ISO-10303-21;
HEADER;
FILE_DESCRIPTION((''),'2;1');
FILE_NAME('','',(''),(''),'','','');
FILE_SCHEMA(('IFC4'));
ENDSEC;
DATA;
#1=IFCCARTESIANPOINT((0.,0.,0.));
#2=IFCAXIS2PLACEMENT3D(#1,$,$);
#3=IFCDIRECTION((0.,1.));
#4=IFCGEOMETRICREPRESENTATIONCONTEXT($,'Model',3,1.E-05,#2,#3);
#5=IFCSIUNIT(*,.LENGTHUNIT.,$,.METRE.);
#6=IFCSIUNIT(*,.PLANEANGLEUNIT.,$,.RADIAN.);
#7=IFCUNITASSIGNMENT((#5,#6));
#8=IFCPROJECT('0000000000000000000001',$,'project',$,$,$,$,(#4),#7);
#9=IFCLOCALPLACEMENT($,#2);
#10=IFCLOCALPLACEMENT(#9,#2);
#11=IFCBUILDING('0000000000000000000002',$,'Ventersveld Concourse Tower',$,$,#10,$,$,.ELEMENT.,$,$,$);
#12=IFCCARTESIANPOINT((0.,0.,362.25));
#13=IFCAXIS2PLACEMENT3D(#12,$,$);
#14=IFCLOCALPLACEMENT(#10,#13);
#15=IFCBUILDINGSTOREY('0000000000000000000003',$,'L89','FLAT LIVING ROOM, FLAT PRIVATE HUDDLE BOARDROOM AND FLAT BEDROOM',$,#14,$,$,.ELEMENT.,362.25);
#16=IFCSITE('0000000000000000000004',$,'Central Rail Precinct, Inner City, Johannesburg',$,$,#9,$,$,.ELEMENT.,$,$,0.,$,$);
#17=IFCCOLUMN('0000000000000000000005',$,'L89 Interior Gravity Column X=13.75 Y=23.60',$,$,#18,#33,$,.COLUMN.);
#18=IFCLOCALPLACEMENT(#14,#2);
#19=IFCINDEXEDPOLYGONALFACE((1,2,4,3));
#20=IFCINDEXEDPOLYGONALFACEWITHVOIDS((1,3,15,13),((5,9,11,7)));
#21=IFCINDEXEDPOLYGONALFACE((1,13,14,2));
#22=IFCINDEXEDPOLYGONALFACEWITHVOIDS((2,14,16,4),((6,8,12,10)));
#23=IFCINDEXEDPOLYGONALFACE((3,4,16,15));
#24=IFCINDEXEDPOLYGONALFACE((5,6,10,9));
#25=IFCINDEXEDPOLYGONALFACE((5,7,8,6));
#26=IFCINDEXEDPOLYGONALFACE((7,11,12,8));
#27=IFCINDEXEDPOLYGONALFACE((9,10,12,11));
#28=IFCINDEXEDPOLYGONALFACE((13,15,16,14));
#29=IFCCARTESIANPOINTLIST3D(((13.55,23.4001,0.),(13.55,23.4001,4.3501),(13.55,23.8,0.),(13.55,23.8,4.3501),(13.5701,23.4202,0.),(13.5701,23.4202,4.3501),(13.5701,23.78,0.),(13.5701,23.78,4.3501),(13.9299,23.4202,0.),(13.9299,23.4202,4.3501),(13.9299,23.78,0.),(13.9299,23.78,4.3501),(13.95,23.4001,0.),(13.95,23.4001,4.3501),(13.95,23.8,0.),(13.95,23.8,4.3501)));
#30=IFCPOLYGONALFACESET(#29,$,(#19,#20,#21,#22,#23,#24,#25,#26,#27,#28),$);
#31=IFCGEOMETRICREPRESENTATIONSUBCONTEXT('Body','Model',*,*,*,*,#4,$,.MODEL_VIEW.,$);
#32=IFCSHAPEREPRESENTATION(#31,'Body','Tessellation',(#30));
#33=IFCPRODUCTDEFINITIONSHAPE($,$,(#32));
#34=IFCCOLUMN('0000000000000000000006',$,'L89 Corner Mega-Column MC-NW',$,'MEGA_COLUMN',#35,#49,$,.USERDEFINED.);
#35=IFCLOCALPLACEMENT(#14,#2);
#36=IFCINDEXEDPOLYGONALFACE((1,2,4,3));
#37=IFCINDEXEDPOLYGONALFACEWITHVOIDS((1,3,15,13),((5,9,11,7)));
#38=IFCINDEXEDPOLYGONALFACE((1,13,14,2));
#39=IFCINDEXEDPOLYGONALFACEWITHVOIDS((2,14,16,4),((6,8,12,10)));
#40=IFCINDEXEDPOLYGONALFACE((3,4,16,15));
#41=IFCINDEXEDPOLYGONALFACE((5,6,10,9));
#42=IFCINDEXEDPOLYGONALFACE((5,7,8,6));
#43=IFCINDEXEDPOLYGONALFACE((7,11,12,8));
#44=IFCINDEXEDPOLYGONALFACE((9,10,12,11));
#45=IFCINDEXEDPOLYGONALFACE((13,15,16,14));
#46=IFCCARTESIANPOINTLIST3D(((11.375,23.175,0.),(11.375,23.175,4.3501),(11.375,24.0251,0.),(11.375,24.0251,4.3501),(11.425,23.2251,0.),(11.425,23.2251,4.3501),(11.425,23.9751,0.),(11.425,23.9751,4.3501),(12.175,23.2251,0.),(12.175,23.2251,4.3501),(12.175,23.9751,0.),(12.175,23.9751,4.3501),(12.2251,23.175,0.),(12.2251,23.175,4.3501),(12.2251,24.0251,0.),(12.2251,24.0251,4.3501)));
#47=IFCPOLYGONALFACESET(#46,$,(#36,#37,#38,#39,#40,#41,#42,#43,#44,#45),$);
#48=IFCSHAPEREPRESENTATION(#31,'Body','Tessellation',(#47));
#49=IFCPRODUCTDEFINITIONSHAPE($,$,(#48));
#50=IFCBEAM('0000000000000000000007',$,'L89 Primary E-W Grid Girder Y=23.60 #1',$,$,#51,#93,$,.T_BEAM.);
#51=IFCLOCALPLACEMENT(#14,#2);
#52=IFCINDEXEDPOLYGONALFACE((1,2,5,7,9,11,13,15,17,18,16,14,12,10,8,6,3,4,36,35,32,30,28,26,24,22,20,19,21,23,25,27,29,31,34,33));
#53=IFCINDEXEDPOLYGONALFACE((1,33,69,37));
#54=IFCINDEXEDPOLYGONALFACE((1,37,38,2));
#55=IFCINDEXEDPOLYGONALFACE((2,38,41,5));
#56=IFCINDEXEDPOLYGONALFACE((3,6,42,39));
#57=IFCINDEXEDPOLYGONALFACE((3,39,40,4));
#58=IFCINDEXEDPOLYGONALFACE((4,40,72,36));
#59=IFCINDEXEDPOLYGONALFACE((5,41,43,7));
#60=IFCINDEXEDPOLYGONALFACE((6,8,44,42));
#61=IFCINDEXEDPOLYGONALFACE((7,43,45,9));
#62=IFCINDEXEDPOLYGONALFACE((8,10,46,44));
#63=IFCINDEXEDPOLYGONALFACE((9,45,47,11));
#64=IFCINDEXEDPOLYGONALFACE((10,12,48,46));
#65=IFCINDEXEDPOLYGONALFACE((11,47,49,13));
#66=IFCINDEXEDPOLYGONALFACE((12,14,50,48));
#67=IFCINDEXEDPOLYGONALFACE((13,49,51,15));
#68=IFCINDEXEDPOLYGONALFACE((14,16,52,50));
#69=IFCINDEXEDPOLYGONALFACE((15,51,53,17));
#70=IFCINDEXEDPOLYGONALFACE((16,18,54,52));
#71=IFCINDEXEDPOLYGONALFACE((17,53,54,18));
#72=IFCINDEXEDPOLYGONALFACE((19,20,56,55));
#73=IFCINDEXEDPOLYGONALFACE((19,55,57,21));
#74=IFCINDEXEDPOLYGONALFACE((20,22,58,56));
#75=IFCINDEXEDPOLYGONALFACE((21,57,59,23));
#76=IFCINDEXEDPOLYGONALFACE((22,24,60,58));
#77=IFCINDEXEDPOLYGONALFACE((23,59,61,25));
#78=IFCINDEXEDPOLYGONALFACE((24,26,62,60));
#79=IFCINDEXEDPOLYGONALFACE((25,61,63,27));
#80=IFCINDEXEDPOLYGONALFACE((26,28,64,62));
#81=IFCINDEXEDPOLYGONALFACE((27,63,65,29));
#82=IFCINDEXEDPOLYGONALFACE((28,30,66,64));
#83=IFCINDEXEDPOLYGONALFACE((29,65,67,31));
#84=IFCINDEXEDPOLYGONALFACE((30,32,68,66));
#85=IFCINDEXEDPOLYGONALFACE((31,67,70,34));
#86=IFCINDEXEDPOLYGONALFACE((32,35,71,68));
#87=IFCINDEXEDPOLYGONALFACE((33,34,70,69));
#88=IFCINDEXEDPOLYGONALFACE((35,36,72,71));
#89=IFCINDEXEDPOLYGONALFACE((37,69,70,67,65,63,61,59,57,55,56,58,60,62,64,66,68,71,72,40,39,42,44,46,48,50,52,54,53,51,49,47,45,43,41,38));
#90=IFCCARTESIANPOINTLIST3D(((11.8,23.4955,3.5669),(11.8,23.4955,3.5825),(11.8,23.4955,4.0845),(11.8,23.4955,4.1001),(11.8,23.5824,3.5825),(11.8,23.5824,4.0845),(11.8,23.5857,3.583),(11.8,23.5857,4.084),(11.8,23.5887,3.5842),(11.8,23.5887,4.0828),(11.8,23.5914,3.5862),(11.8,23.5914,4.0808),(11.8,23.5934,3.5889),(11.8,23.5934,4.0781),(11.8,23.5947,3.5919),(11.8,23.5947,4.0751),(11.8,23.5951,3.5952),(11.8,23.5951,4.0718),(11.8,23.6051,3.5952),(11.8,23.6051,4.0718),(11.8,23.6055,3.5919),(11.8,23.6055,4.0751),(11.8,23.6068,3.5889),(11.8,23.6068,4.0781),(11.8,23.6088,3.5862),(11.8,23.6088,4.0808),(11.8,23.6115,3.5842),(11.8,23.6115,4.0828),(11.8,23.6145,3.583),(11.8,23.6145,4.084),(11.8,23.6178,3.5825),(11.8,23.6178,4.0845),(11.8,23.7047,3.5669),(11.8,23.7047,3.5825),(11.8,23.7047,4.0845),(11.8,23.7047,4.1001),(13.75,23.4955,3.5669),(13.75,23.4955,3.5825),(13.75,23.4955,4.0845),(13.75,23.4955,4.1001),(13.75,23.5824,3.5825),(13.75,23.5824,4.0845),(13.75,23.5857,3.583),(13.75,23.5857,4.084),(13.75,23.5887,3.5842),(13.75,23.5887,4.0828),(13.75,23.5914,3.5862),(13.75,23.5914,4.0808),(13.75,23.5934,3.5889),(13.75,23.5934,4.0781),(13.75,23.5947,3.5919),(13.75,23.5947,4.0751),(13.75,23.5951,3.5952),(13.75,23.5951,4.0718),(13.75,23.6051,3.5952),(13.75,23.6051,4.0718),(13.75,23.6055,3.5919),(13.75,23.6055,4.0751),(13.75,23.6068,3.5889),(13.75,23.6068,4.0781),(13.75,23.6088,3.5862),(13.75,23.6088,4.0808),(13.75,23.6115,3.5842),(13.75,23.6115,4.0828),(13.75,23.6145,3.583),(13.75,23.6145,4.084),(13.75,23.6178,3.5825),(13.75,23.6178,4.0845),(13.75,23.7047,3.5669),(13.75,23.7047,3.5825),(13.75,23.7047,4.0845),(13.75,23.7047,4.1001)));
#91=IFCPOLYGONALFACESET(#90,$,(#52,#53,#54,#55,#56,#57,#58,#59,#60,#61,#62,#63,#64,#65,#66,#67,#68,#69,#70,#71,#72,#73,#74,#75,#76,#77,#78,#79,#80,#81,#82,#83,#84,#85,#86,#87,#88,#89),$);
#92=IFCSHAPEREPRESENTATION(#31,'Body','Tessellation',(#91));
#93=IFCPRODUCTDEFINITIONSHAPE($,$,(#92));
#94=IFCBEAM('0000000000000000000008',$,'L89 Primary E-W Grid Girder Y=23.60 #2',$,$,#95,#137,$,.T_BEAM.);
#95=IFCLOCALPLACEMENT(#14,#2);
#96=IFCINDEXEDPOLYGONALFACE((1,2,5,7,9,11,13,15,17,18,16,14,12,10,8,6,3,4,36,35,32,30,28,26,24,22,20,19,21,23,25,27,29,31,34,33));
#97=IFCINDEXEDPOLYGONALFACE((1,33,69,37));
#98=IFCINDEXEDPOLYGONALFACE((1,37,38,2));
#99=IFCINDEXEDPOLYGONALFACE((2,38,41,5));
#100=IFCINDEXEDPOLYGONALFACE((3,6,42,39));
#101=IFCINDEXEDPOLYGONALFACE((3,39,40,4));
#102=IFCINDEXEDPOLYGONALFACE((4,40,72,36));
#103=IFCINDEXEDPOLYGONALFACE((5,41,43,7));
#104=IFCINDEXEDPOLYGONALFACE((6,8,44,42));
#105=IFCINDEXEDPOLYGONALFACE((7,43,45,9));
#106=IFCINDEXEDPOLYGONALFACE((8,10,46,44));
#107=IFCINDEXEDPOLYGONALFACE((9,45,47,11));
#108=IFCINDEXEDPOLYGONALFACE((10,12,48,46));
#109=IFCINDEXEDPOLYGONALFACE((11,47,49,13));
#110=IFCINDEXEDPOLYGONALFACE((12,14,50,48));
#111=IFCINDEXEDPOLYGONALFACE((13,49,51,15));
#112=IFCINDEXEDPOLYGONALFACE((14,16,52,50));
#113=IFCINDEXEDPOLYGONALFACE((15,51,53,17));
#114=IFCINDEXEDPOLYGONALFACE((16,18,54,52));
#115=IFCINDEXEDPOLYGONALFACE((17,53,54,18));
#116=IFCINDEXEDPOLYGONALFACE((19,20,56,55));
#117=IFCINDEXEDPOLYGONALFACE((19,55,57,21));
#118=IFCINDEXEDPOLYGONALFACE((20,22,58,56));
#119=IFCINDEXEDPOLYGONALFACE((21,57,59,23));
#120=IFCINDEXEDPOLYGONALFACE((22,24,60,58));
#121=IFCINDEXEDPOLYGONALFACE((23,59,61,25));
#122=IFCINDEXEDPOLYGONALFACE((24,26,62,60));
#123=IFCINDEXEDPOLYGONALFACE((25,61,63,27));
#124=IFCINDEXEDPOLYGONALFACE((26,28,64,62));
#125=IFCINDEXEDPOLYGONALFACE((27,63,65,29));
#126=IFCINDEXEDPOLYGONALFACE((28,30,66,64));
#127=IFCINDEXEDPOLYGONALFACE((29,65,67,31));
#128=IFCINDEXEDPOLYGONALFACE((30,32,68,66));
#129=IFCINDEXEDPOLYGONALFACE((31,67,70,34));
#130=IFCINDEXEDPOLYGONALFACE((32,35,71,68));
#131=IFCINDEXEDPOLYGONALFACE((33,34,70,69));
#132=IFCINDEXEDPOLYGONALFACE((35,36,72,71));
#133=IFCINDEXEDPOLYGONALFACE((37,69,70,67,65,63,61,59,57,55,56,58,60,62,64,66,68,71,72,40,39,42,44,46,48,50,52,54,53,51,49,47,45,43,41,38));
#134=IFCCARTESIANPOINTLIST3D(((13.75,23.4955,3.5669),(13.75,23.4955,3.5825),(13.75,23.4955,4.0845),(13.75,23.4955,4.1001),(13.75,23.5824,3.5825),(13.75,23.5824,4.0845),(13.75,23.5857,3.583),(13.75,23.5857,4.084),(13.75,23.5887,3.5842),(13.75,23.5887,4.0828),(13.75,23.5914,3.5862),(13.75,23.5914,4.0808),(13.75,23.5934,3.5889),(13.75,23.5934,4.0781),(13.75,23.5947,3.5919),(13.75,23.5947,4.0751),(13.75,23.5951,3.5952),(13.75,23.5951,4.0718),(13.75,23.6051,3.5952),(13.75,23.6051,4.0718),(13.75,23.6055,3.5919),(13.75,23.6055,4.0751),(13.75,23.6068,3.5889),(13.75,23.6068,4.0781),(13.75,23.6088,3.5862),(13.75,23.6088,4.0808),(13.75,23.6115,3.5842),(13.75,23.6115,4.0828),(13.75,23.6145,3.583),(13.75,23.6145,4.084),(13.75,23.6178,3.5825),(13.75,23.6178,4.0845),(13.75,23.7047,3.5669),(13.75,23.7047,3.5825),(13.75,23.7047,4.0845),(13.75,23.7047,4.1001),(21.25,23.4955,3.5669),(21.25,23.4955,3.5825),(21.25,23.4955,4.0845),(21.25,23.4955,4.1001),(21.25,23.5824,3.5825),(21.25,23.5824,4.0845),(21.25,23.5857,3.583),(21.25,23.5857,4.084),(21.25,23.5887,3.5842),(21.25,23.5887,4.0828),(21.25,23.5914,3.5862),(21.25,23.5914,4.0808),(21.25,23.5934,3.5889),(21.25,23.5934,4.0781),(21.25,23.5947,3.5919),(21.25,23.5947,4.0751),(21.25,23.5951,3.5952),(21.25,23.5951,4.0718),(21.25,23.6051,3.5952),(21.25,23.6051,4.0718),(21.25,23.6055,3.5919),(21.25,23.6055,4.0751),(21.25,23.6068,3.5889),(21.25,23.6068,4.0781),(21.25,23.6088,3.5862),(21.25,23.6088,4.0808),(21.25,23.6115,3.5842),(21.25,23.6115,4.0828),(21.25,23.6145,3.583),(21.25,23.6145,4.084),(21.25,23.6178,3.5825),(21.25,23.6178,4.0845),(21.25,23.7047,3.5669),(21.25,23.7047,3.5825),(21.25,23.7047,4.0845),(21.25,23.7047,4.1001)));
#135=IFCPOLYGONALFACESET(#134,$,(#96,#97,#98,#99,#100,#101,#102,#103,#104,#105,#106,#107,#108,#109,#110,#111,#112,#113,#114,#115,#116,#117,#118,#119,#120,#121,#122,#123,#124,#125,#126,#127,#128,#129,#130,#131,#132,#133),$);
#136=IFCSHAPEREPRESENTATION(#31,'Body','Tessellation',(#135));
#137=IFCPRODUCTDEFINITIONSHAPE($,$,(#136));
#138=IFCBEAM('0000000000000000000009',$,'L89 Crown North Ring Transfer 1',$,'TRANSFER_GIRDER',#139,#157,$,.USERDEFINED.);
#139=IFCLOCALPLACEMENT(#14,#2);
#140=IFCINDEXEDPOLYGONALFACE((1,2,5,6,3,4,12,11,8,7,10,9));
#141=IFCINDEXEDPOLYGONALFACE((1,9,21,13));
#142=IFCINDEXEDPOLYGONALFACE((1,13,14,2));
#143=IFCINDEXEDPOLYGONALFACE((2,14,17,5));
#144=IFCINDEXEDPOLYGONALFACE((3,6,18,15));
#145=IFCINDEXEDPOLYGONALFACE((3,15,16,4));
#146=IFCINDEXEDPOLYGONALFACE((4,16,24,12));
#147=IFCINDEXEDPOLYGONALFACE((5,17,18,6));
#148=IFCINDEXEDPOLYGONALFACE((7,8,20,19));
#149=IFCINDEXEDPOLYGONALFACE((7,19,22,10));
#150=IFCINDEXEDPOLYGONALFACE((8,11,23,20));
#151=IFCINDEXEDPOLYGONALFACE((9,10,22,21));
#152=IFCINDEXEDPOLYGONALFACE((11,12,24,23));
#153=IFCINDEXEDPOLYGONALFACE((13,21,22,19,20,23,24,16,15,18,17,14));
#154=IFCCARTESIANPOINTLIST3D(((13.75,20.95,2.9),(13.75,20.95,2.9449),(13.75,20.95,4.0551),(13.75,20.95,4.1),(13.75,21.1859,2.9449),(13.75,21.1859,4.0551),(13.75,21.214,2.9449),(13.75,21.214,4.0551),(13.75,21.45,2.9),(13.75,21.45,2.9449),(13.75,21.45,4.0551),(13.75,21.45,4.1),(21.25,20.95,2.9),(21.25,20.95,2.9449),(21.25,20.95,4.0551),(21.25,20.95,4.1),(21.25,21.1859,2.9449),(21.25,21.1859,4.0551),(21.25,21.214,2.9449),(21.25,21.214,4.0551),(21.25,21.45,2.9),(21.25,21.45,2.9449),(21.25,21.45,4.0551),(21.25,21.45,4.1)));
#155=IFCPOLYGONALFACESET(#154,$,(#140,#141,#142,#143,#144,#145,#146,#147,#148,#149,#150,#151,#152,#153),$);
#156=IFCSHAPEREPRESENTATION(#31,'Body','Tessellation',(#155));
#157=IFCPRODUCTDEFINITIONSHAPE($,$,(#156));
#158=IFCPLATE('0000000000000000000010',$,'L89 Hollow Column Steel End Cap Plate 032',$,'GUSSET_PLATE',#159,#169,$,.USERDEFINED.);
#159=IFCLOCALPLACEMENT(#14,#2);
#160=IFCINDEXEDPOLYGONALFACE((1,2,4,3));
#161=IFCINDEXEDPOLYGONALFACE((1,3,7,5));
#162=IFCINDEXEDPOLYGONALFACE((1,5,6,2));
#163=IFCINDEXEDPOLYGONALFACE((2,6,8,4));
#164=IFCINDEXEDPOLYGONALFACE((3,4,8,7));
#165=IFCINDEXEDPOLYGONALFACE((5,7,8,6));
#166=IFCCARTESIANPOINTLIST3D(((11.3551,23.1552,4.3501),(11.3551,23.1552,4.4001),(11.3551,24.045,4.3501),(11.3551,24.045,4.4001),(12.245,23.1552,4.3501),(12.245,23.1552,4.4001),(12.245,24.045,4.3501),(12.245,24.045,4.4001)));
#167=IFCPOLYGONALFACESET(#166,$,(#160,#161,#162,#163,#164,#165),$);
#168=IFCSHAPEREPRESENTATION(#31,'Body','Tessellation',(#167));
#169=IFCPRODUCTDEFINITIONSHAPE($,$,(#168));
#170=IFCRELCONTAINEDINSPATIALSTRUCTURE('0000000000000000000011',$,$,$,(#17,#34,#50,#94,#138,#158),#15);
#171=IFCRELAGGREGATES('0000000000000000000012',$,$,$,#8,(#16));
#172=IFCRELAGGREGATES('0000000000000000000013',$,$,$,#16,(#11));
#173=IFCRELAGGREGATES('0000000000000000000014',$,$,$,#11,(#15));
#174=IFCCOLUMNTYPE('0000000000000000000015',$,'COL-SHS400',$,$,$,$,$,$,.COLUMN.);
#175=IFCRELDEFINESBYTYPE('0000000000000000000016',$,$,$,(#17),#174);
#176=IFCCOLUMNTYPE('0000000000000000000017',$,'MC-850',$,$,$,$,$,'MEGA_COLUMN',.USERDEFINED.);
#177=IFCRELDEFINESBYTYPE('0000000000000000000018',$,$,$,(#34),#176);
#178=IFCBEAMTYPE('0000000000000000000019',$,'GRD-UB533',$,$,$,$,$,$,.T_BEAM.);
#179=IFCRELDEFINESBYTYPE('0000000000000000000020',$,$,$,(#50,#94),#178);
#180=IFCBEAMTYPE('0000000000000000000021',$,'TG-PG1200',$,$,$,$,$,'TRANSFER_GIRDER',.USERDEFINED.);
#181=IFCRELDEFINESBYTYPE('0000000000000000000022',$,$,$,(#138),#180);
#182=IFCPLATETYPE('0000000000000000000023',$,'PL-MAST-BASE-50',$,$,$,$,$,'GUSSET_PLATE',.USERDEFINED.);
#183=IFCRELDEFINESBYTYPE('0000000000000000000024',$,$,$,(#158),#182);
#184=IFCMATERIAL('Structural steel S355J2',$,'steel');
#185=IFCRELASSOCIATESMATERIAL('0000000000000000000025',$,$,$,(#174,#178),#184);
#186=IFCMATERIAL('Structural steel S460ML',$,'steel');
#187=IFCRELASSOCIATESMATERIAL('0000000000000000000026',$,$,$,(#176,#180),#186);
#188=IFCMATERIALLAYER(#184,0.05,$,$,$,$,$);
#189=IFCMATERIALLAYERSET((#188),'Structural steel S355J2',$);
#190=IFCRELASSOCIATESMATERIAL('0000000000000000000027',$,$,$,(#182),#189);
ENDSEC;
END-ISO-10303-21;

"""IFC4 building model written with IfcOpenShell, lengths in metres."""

from ifc_helpers import new_model, si_unit, direction, frame, origin, origin_2d, place, context, subcontext, project, spatial, rectangle, hollow_rectangle, i_section, extrude, material, layer, layer_set, material_profile, profile_set, type_object, element, save


model = new_model("IFC4")

# Units and contexts
model_context = context("Model", 3, precision=1e-05, world=origin(), true_north=direction((0.0, 1.0)))
body_context = subcontext(model_context, "Body", "Model", "MODEL_VIEW")
ifc_project = project(units=[si_unit("LENGTHUNIT", "METRE"), si_unit("PLANEANGLEUNIT", "RADIAN")], contexts=[model_context])

# Site, building, storey
site_placement = place(None, origin())
site = spatial("IfcSite", under=ifc_project, at=site_placement, Name="Central Rail Precinct, Inner City, Johannesburg", CompositionType="ELEMENT", RefElevation=0.0)
building_placement = place(site_placement, origin())
building = spatial("IfcBuilding", under=site, at=building_placement, Name="Ventersveld Concourse Tower", CompositionType="ELEMENT")
storey_placement = place(building_placement, frame((0.0, 0.0, 362.25)))
storey = spatial("IfcBuildingStorey", under=building, at=storey_placement, Name="L89", Description="FLAT LIVING ROOM, FLAT PRIVATE HUDDLE BOARDROOM AND FLAT BEDROOM", CompositionType="ELEMENT", Elevation=362.25)

# Columns
ifc_material_1 = material(Name="Structural steel S355J2", Category="steel")
ifc_material_profile_1 = material_profile(ifc_material_1, hollow_rectangle(XDim=0.3999, YDim=0.3999, WallThickness=0.02, at=origin_2d()), Name="SHS 400x400x20")
ifc_profile_set_1 = profile_set([ifc_material_profile_1], Name="Structural steel S355J2")
column_type_1 = type_object("IfcColumnType", Name="COL-SHS400", PredefinedType="COLUMN", material=ifc_profile_set_1)
column_1_placement = place(storey_placement, frame((13.75, 23.6001, 0.0), z_axis=(0.0, 0.0, 1.0), x_axis=(1.0, 0.0, 0.0)))
element("IfcColumn", 1, at=column_1_placement, inside=storey, type_object=column_type_1, Name="L89 Interior Gravity Column X=13.75 Y=23.60", PredefinedType="COLUMN", context=body_context, shape_type="SweptSolid", body=[
    extrude(hollow_rectangle(XDim=0.3999, YDim=0.3999, WallThickness=0.02, at=origin_2d()), origin(), (0.0, 0.0, 1.0), 4.3501),
])
ifc_material_2 = material(Name="Structural steel S460ML", Category="steel")
ifc_material_profile_2 = material_profile(ifc_material_2, hollow_rectangle(XDim=0.8501, YDim=0.8501, WallThickness=0.05, at=origin_2d()), Name="BOX 850x850x50")
ifc_profile_set_2 = profile_set([ifc_material_profile_2], Name="Structural steel S460ML")
column_type_2 = type_object("IfcColumnType", Name="MC-850", ElementType="MEGA_COLUMN", PredefinedType="USERDEFINED", material=ifc_profile_set_2)
column_2_placement = place(storey_placement, frame((11.8, 23.6001, 0.0), z_axis=(0.0, 0.0, 1.0), x_axis=(1.0, 0.0, 0.0)))
element("IfcColumn", 2, at=column_2_placement, inside=storey, type_object=column_type_2, Name="L89 Corner Mega-Column MC-NW", ObjectType="MEGA_COLUMN", PredefinedType="USERDEFINED", context=body_context, shape_type="SweptSolid", body=[
    extrude(hollow_rectangle(XDim=0.8501, YDim=0.8501, WallThickness=0.05, at=origin_2d()), origin(), (0.0, 0.0, 1.0), 4.3501),
])

# Beams
ifc_material_profile_3 = material_profile(ifc_material_1, i_section(OverallWidth=0.2092, OverallDepth=0.5332, WebThickness=0.01, FlangeThickness=0.0156, FilletRadius=0.0127, at=origin_2d()), Name="UB 533x210x92")
ifc_profile_set_3 = profile_set([ifc_material_profile_3], Name="Structural steel S355J2")
beam_type_1 = type_object("IfcBeamType", Name="GRD-UB533", PredefinedType="T_BEAM", material=ifc_profile_set_3)
beam_1_placement = place(storey_placement, frame((11.8, 23.6001, 3.8335), z_axis=(1.0, 0.0, 0.0), x_axis=(0.0, 1.0, 0.0)))
element("IfcBeam", 3, at=beam_1_placement, inside=storey, type_object=beam_type_1, Name="L89 Primary E-W Grid Girder Y=23.60 #1", PredefinedType="T_BEAM", context=body_context, shape_type="SweptSolid", body=[
    extrude(i_section(OverallWidth=0.2092, OverallDepth=0.5332, WebThickness=0.01, FlangeThickness=0.0156, FilletRadius=0.0127, at=origin_2d()), origin(), (0.0, 0.0, 1.0), 1.95),
])
beam_2_placement = place(storey_placement, frame((13.75, 23.6001, 3.8335), z_axis=(1.0, 0.0, 0.0), x_axis=(0.0, 1.0, 0.0)))
element("IfcBeam", 4, at=beam_2_placement, inside=storey, type_object=beam_type_1, Name="L89 Primary E-W Grid Girder Y=23.60 #2", PredefinedType="T_BEAM", context=body_context, shape_type="SweptSolid", body=[
    extrude(i_section(OverallWidth=0.2092, OverallDepth=0.5332, WebThickness=0.01, FlangeThickness=0.0156, FilletRadius=0.0127, at=origin_2d()), origin(), (0.0, 0.0, 1.0), 7.5),
])
ifc_material_profile_4 = material_profile(ifc_material_2, i_section(OverallWidth=0.5, OverallDepth=1.2, WebThickness=0.0281, FlangeThickness=0.0449, at=origin_2d()), Name="PG 1200x500x45")
ifc_profile_set_4 = profile_set([ifc_material_profile_4], Name="Structural steel S460ML")
beam_type_2 = type_object("IfcBeamType", Name="TG-PG1200", ElementType="TRANSFER_GIRDER", PredefinedType="USERDEFINED", material=ifc_profile_set_4)
beam_3_placement = place(storey_placement, frame((13.75, 21.2, 3.5), z_axis=(1.0, 0.0, 0.0), x_axis=(0.0, 1.0, 0.0)))
element("IfcBeam", 5, at=beam_3_placement, inside=storey, type_object=beam_type_2, Name="L89 Crown North Ring Transfer 1", ObjectType="TRANSFER_GIRDER", PredefinedType="USERDEFINED", context=body_context, shape_type="SweptSolid", body=[
    extrude(i_section(OverallWidth=0.5, OverallDepth=1.2, WebThickness=0.0281, FlangeThickness=0.0449, at=origin_2d()), origin(), (0.0, 0.0, 1.0), 7.5),
])

# Plate
ifc_layer_1 = layer(ifc_material_1, 0.05)
ifc_layer_set_1 = layer_set([ifc_layer_1], Name="Structural steel S355J2")
plate_type = type_object("IfcPlateType", Name="PL-MAST-BASE-50", ElementType="GUSSET_PLATE", PredefinedType="USERDEFINED", material=ifc_layer_set_1)
plate_placement = place(storey_placement, frame((11.8, 23.6001, 4.3501), z_axis=(0.0, 0.0, 1.0), x_axis=(1.0, 0.0, 0.0)))
element("IfcPlate", 6, at=plate_placement, inside=storey, type_object=plate_type, Name="L89 Hollow Column Steel End Cap Plate 032", ObjectType="GUSSET_PLATE", PredefinedType="USERDEFINED", context=body_context, shape_type="SweptSolid", body=[
    extrude(rectangle(XDim=0.8899, YDim=0.8899, at=origin_2d()), origin(), (0.0, 0.0, 1.0), 0.05),
])

save(model, "model.ifc")
